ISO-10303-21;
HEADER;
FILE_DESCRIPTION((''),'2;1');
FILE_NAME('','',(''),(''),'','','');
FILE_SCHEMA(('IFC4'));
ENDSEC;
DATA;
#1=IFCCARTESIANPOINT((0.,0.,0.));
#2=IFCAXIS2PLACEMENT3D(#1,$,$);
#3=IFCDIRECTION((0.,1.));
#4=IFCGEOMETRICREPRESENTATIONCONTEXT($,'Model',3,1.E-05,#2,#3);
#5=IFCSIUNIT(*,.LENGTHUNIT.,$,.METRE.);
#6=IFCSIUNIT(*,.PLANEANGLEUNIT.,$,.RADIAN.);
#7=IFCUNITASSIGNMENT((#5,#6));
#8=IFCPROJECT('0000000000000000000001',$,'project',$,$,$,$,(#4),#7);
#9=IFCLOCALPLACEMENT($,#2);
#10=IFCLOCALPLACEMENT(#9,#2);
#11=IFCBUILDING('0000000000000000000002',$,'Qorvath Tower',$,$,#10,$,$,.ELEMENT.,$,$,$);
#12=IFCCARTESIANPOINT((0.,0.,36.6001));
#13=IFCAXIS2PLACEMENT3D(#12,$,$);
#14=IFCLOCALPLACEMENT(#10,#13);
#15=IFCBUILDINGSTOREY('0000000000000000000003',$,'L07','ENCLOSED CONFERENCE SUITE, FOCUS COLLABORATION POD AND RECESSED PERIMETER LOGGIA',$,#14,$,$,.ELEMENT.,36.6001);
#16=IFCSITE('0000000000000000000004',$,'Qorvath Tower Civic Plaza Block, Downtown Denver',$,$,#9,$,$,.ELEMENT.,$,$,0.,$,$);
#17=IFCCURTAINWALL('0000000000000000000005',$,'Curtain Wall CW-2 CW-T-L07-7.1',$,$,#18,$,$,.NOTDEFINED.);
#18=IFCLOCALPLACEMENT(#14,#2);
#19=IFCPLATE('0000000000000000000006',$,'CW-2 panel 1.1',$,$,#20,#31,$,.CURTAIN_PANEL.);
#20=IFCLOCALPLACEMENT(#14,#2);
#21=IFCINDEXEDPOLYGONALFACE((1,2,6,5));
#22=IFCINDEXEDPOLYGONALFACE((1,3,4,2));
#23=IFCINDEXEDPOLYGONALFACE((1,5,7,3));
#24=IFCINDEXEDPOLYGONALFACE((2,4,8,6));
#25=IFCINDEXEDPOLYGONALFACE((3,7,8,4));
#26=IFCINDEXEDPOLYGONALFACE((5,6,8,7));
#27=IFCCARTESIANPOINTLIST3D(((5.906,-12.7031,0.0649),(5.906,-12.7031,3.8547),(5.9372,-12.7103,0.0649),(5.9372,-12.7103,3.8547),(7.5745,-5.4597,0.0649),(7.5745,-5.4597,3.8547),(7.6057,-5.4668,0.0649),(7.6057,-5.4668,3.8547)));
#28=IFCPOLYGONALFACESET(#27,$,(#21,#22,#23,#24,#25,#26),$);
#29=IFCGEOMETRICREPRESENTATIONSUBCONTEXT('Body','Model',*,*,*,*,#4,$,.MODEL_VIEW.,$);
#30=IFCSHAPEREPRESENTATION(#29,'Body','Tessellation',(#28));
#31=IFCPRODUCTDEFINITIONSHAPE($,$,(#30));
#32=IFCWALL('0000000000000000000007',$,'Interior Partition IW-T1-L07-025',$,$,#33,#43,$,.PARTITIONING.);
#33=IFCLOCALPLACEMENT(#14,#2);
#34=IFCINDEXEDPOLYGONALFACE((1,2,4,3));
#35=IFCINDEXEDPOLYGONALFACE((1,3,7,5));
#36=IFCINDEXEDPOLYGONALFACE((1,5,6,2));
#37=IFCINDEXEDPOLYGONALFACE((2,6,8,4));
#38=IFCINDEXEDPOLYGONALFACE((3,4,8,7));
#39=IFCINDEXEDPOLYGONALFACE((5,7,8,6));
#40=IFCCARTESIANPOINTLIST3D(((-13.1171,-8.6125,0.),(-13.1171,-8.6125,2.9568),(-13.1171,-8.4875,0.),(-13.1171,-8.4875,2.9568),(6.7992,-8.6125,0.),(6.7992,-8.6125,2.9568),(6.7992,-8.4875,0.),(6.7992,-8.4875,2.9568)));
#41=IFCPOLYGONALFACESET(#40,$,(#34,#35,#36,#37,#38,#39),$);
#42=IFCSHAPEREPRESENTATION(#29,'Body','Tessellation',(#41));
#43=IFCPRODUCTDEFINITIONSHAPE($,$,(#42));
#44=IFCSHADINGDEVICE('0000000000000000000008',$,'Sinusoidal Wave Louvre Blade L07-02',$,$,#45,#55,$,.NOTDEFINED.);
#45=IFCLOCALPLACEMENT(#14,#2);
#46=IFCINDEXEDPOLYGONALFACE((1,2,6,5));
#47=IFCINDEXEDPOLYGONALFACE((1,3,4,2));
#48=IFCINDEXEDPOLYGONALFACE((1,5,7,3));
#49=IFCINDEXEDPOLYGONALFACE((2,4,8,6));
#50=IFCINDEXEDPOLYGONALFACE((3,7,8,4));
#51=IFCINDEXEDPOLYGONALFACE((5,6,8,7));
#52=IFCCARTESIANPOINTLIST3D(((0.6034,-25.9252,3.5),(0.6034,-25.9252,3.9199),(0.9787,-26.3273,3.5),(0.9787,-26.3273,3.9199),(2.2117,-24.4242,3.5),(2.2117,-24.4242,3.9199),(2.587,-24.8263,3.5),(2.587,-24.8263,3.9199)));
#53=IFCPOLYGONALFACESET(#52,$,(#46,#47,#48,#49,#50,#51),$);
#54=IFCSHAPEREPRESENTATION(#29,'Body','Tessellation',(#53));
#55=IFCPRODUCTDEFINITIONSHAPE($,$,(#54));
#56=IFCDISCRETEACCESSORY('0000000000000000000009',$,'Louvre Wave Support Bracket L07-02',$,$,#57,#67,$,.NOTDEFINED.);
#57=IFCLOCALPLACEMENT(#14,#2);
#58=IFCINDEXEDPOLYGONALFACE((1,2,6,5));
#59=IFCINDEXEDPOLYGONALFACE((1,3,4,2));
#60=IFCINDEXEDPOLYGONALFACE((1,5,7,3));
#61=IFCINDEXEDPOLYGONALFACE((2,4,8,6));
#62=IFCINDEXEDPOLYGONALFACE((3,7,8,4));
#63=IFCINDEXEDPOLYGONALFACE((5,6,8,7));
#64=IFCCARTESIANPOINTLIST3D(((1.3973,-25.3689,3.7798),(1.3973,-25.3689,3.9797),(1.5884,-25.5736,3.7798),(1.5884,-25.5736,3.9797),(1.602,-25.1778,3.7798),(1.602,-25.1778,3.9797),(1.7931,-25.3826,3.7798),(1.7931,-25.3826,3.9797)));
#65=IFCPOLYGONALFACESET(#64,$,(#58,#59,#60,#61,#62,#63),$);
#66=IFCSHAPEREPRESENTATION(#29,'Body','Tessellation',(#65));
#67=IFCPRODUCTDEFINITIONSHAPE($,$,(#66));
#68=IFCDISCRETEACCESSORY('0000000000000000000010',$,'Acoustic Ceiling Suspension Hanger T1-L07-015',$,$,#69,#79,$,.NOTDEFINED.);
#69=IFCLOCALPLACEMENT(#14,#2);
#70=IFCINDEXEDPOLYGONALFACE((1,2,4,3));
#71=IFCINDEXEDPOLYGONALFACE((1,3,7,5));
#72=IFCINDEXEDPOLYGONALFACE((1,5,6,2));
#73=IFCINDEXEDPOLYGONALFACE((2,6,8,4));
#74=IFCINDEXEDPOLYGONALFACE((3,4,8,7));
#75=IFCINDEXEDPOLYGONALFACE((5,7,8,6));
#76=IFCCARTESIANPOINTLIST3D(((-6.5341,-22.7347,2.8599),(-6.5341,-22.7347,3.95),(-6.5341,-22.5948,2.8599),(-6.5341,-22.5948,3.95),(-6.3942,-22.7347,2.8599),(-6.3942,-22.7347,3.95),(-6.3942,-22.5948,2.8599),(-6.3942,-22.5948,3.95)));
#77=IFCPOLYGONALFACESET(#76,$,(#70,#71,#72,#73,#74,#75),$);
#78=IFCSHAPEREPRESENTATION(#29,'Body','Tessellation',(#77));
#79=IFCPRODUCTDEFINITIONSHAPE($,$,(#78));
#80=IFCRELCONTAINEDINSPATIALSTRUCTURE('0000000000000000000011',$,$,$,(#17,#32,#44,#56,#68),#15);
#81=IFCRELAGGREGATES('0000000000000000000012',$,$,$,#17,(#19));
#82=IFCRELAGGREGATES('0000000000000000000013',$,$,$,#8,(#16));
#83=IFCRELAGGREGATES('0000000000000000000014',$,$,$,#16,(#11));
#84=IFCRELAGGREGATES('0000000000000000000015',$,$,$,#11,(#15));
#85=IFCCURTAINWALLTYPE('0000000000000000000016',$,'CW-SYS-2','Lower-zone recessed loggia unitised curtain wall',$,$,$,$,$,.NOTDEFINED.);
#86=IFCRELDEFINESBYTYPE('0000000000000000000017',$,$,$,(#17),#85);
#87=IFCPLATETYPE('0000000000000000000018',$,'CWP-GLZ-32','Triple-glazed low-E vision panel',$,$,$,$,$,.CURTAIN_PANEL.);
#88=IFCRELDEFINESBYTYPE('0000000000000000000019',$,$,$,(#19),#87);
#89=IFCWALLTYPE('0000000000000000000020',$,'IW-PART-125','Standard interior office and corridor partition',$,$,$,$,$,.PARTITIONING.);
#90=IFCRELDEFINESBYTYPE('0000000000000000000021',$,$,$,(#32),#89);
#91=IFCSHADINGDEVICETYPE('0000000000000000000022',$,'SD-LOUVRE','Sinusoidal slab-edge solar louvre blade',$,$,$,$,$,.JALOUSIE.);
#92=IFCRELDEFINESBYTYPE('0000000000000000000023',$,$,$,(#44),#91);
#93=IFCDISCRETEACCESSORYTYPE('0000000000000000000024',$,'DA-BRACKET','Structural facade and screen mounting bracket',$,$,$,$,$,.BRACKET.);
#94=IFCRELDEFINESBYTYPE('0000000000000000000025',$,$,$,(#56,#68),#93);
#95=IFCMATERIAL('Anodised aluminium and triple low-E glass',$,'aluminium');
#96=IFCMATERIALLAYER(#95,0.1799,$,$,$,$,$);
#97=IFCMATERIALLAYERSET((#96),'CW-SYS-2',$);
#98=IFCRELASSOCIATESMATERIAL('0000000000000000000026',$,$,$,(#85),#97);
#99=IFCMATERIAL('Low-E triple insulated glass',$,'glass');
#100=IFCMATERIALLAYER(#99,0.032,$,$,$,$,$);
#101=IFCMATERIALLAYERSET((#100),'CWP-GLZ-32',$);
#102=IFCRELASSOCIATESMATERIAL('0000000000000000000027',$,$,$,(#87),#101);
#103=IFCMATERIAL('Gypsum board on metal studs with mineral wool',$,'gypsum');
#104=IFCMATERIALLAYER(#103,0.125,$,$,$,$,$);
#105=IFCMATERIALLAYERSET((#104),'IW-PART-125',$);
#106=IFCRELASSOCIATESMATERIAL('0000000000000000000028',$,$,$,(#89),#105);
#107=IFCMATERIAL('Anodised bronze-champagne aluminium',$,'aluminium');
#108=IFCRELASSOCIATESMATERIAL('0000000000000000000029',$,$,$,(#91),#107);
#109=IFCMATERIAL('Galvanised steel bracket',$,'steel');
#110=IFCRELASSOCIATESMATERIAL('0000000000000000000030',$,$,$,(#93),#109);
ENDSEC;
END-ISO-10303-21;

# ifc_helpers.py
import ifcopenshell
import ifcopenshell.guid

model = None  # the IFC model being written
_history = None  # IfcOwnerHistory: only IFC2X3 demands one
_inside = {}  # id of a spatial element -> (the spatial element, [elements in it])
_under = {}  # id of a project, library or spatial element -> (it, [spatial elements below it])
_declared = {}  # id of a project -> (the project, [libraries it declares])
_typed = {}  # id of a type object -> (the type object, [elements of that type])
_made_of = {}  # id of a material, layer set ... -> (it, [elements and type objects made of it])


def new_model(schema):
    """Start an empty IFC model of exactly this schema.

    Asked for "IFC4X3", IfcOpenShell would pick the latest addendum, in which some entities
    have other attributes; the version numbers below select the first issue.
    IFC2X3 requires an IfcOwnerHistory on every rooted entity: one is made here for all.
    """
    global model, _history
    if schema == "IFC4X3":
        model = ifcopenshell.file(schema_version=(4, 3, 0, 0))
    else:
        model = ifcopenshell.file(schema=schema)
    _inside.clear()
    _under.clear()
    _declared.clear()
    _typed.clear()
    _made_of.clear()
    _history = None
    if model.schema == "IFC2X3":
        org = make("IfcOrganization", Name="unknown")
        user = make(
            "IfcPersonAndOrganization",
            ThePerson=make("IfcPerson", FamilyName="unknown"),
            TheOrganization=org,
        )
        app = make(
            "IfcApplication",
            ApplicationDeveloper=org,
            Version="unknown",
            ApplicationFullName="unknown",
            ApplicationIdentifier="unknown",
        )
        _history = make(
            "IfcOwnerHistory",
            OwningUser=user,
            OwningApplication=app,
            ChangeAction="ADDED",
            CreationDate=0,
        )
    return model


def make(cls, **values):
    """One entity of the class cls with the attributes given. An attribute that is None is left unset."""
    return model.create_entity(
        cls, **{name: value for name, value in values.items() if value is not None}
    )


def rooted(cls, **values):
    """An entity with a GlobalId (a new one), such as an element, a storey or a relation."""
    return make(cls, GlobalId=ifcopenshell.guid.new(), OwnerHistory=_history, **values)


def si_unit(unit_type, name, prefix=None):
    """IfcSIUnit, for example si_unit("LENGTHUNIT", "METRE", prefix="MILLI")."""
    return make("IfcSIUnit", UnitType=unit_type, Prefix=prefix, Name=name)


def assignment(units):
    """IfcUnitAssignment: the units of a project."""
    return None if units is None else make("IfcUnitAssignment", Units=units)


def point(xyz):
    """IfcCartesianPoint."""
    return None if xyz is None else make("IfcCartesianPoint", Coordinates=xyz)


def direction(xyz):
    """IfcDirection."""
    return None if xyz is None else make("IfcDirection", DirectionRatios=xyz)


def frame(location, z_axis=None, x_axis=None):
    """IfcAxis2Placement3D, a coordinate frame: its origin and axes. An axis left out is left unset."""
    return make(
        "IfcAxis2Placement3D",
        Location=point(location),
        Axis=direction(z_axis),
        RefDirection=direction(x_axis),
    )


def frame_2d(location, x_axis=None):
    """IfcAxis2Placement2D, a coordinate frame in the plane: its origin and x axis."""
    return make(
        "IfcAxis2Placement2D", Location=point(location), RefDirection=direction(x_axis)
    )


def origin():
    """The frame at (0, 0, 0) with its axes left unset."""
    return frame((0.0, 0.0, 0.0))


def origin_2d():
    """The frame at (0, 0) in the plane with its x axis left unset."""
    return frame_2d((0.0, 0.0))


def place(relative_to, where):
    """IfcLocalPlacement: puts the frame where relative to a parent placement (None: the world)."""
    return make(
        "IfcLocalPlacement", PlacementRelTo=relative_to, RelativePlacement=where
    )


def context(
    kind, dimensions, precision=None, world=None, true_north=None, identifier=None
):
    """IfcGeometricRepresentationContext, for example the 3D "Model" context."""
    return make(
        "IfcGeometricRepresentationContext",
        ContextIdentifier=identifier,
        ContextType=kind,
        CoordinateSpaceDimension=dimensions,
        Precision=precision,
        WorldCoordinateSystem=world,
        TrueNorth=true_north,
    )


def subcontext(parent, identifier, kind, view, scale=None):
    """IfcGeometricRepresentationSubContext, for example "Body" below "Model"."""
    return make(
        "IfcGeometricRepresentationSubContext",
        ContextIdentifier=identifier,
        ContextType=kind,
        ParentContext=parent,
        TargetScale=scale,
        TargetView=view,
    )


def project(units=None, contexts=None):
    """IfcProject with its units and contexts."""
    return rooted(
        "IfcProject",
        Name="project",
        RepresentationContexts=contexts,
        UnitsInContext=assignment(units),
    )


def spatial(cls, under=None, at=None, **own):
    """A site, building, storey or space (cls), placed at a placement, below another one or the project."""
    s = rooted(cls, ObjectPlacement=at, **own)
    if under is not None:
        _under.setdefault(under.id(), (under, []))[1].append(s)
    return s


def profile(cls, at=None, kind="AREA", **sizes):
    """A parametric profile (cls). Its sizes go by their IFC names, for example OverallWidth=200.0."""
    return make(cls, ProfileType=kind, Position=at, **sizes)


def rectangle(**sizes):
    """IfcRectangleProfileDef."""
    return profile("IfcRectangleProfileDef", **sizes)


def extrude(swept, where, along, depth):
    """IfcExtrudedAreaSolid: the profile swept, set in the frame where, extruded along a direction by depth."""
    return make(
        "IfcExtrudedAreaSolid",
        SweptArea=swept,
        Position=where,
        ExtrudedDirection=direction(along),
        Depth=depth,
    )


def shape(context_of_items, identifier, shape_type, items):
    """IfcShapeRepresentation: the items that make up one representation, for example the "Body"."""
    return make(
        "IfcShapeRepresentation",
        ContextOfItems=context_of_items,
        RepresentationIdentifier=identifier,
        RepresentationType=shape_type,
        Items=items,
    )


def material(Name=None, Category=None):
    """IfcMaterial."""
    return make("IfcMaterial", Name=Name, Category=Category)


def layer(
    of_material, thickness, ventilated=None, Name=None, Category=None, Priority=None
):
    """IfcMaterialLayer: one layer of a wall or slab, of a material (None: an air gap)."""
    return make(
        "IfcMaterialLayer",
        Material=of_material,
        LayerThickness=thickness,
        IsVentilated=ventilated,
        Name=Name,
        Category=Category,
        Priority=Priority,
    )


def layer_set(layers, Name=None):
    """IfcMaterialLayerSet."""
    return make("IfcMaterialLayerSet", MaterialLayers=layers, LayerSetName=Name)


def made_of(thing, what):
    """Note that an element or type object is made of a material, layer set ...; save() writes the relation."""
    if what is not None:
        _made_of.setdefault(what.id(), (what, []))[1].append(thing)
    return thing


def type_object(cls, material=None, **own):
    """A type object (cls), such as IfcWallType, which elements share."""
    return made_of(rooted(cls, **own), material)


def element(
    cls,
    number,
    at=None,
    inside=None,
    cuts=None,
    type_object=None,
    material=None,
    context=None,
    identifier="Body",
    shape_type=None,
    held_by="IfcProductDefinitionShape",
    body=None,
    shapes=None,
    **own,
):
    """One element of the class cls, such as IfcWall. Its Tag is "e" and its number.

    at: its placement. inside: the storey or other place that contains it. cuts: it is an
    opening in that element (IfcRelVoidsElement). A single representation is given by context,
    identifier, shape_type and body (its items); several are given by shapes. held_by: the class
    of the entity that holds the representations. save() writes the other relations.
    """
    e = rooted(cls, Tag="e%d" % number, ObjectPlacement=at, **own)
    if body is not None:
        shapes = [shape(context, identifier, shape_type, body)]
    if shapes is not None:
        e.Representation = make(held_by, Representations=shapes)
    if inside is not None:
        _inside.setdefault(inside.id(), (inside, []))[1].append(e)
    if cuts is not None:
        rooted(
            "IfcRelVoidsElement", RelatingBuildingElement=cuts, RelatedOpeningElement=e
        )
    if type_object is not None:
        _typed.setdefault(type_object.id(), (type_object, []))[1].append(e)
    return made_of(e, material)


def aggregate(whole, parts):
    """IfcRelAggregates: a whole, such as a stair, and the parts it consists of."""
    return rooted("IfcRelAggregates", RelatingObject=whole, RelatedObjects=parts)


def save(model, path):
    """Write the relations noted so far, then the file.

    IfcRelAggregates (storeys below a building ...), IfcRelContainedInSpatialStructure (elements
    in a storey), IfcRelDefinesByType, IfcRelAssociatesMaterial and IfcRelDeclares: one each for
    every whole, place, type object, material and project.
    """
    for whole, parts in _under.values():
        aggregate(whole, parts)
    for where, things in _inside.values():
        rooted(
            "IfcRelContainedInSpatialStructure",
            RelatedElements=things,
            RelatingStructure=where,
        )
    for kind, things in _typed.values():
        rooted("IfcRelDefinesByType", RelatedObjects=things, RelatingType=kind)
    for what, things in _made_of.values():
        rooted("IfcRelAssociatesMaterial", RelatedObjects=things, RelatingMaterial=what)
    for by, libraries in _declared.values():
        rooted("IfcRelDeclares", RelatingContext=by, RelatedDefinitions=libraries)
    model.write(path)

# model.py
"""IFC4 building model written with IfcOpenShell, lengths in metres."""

from ifc_helpers import new_model, si_unit, direction, frame, frame_2d, origin, origin_2d, place, context, subcontext, project, spatial, rectangle, extrude, material, layer, layer_set, type_object, element, aggregate, save


model = new_model("IFC4")

# Units and contexts
model_context = context("Model", 3, precision=1e-05, world=origin(), true_north=direction((0.0, 1.0)))
body_context = subcontext(model_context, "Body", "Model", "MODEL_VIEW")
ifc_project = project(units=[si_unit("LENGTHUNIT", "METRE"), si_unit("PLANEANGLEUNIT", "RADIAN")], contexts=[model_context])

# Site, building, storey
site_placement = place(None, origin())
site = spatial("IfcSite", under=ifc_project, at=site_placement, Name="Qorvath Tower Civic Plaza Block, Downtown Denver", CompositionType="ELEMENT", RefElevation=0.0)
building_placement = place(site_placement, origin())
building = spatial("IfcBuilding", under=site, at=building_placement, Name="Qorvath Tower", CompositionType="ELEMENT")
storey_placement = place(building_placement, frame((0.0, 0.0, 36.6001)))
storey = spatial("IfcBuildingStorey", under=building, at=storey_placement, Name="L07", Description="ENCLOSED CONFERENCE SUITE, FOCUS COLLABORATION POD AND RECESSED PERIMETER LOGGIA", CompositionType="ELEMENT", Elevation=36.6001)

# Shared definitions
ifc_material_1 = material(Name="Anodised aluminium and triple low-E glass", Category="aluminium")
ifc_layer_1 = layer(ifc_material_1, 0.1799)
ifc_layer_set_1 = layer_set([ifc_layer_1], Name="CW-SYS-2")
curtain_wall_type = type_object("IfcCurtainWallType", Name="CW-SYS-2", Description="Lower-zone recessed loggia unitised curtain wall", PredefinedType="NOTDEFINED", material=ifc_layer_set_1)

# Curtain wall
curtain_wall_1_placement = place(storey_placement, origin())
curtain_wall_1 = element("IfcCurtainWall", 1, at=curtain_wall_1_placement, inside=storey, type_object=curtain_wall_type, Name="Curtain Wall CW-2 CW-T-L07-7.1", PredefinedType="NOTDEFINED")

# Plate
ifc_material_2 = material(Name="Low-E triple insulated glass", Category="glass")
ifc_layer_2 = layer(ifc_material_2, 0.032)
ifc_layer_set_2 = layer_set([ifc_layer_2], Name="CWP-GLZ-32")
plate_type = type_object("IfcPlateType", Name="CWP-GLZ-32", Description="Triple-glazed low-E vision panel", PredefinedType="CURTAIN_PANEL", material=ifc_layer_set_2)
plate_1_placement = place(storey_placement, frame((6.7559, -9.085, 0.0649), z_axis=(0.0, 0.0, 1.0), x_axis=(0.224471, 0.974481, 0.0)))
plate_1 = element("IfcPlate", 2, at=plate_1_placement, type_object=plate_type, Name="CW-2 panel 1.1", PredefinedType="CURTAIN_PANEL", context=body_context, shape_type="SweptSolid", body=[
    extrude(rectangle(XDim=7.4331, YDim=0.032, at=origin_2d()), origin(), (0.0, 0.0, 1.0), 3.7898),
])
aggregate(curtain_wall_1, [plate_1])

# Wall
ifc_material_3 = material(Name="Gypsum board on metal studs with mineral wool", Category="gypsum")
ifc_layer_3 = layer(ifc_material_3, 0.125)
ifc_layer_set_3 = layer_set([ifc_layer_3], Name="IW-PART-125")
wall_type = type_object("IfcWallType", Name="IW-PART-125", Description="Standard interior office and corridor partition", PredefinedType="PARTITIONING", material=ifc_layer_set_3)
wall_placement = place(storey_placement, frame((6.7991, -8.55, 0.0), z_axis=(0.0, 0.0, 1.0), x_axis=(-1.0, 0.0, 0.0)))
element("IfcWall", 3, at=wall_placement, inside=storey, type_object=wall_type, Name="Interior Partition IW-T1-L07-025", PredefinedType="PARTITIONING", context=body_context, shape_type="SweptSolid", body=[
    extrude(rectangle(XDim=19.9163, YDim=0.125, at=frame_2d((9.958, 0.0))), origin(), (0.0, 0.0, 1.0), 2.9568),
])

# Shading device
ifc_material_4 = material(Name="Anodised bronze-champagne aluminium", Category="aluminium")
shading_device_type = type_object("IfcShadingDeviceType", Name="SD-LOUVRE", Description="Sinusoidal slab-edge solar louvre blade", PredefinedType="JALOUSIE", material=ifc_material_4)
shading_device_placement = place(storey_placement, frame((1.5952, -25.3757, 3.5), z_axis=(0.0, 0.0, 1.0), x_axis=(0.731081, 0.682291, 0.0)))
element("IfcShadingDevice", 4, at=shading_device_placement, inside=storey, type_object=shading_device_type, Name="Sinusoidal Wave Louvre Blade L07-02", PredefinedType="NOTDEFINED", context=body_context, shape_type="SweptSolid", body=[
    extrude(rectangle(XDim=2.2, YDim=0.55, at=origin_2d()), origin(), (0.0, 0.0, 1.0), 0.4199),
])

# Discrete accessories
ifc_material_5 = material(Name="Galvanised steel bracket", Category="steel")
discrete_accessory_type = type_object("IfcDiscreteAccessoryType", Name="DA-BRACKET", Description="Structural facade and screen mounting bracket", PredefinedType="BRACKET", material=ifc_material_5)
discrete_accessory_1_placement = place(storey_placement, frame((1.5952, -25.3757, 3.7798), z_axis=(0.0, 0.0, 1.0), x_axis=(0.731081, 0.682291, 0.0)))
element("IfcDiscreteAccessory", 5, at=discrete_accessory_1_placement, inside=storey, type_object=discrete_accessory_type, Name="Louvre Wave Support Bracket L07-02", PredefinedType="NOTDEFINED", context=body_context, shape_type="SweptSolid", body=[
    extrude(rectangle(XDim=0.28, YDim=0.28, at=origin_2d()), origin(), (0.0, 0.0, 1.0), 0.2),
])
discrete_accessory_2_placement = place(storey_placement, frame((-6.4641, -22.6648, 2.8599), z_axis=(0.0, 0.0, 1.0), x_axis=(1.0, 0.0, 0.0)))
element("IfcDiscreteAccessory", 6, at=discrete_accessory_2_placement, inside=storey, type_object=discrete_accessory_type, Name="Acoustic Ceiling Suspension Hanger T1-L07-015", PredefinedType="NOTDEFINED", context=body_context, shape_type="SweptSolid", body=[
    extrude(rectangle(XDim=0.1399, YDim=0.1399, at=origin_2d()), origin(), (0.0, 0.0, 1.0), 1.0901),
])

save(model, "model.ifc")
